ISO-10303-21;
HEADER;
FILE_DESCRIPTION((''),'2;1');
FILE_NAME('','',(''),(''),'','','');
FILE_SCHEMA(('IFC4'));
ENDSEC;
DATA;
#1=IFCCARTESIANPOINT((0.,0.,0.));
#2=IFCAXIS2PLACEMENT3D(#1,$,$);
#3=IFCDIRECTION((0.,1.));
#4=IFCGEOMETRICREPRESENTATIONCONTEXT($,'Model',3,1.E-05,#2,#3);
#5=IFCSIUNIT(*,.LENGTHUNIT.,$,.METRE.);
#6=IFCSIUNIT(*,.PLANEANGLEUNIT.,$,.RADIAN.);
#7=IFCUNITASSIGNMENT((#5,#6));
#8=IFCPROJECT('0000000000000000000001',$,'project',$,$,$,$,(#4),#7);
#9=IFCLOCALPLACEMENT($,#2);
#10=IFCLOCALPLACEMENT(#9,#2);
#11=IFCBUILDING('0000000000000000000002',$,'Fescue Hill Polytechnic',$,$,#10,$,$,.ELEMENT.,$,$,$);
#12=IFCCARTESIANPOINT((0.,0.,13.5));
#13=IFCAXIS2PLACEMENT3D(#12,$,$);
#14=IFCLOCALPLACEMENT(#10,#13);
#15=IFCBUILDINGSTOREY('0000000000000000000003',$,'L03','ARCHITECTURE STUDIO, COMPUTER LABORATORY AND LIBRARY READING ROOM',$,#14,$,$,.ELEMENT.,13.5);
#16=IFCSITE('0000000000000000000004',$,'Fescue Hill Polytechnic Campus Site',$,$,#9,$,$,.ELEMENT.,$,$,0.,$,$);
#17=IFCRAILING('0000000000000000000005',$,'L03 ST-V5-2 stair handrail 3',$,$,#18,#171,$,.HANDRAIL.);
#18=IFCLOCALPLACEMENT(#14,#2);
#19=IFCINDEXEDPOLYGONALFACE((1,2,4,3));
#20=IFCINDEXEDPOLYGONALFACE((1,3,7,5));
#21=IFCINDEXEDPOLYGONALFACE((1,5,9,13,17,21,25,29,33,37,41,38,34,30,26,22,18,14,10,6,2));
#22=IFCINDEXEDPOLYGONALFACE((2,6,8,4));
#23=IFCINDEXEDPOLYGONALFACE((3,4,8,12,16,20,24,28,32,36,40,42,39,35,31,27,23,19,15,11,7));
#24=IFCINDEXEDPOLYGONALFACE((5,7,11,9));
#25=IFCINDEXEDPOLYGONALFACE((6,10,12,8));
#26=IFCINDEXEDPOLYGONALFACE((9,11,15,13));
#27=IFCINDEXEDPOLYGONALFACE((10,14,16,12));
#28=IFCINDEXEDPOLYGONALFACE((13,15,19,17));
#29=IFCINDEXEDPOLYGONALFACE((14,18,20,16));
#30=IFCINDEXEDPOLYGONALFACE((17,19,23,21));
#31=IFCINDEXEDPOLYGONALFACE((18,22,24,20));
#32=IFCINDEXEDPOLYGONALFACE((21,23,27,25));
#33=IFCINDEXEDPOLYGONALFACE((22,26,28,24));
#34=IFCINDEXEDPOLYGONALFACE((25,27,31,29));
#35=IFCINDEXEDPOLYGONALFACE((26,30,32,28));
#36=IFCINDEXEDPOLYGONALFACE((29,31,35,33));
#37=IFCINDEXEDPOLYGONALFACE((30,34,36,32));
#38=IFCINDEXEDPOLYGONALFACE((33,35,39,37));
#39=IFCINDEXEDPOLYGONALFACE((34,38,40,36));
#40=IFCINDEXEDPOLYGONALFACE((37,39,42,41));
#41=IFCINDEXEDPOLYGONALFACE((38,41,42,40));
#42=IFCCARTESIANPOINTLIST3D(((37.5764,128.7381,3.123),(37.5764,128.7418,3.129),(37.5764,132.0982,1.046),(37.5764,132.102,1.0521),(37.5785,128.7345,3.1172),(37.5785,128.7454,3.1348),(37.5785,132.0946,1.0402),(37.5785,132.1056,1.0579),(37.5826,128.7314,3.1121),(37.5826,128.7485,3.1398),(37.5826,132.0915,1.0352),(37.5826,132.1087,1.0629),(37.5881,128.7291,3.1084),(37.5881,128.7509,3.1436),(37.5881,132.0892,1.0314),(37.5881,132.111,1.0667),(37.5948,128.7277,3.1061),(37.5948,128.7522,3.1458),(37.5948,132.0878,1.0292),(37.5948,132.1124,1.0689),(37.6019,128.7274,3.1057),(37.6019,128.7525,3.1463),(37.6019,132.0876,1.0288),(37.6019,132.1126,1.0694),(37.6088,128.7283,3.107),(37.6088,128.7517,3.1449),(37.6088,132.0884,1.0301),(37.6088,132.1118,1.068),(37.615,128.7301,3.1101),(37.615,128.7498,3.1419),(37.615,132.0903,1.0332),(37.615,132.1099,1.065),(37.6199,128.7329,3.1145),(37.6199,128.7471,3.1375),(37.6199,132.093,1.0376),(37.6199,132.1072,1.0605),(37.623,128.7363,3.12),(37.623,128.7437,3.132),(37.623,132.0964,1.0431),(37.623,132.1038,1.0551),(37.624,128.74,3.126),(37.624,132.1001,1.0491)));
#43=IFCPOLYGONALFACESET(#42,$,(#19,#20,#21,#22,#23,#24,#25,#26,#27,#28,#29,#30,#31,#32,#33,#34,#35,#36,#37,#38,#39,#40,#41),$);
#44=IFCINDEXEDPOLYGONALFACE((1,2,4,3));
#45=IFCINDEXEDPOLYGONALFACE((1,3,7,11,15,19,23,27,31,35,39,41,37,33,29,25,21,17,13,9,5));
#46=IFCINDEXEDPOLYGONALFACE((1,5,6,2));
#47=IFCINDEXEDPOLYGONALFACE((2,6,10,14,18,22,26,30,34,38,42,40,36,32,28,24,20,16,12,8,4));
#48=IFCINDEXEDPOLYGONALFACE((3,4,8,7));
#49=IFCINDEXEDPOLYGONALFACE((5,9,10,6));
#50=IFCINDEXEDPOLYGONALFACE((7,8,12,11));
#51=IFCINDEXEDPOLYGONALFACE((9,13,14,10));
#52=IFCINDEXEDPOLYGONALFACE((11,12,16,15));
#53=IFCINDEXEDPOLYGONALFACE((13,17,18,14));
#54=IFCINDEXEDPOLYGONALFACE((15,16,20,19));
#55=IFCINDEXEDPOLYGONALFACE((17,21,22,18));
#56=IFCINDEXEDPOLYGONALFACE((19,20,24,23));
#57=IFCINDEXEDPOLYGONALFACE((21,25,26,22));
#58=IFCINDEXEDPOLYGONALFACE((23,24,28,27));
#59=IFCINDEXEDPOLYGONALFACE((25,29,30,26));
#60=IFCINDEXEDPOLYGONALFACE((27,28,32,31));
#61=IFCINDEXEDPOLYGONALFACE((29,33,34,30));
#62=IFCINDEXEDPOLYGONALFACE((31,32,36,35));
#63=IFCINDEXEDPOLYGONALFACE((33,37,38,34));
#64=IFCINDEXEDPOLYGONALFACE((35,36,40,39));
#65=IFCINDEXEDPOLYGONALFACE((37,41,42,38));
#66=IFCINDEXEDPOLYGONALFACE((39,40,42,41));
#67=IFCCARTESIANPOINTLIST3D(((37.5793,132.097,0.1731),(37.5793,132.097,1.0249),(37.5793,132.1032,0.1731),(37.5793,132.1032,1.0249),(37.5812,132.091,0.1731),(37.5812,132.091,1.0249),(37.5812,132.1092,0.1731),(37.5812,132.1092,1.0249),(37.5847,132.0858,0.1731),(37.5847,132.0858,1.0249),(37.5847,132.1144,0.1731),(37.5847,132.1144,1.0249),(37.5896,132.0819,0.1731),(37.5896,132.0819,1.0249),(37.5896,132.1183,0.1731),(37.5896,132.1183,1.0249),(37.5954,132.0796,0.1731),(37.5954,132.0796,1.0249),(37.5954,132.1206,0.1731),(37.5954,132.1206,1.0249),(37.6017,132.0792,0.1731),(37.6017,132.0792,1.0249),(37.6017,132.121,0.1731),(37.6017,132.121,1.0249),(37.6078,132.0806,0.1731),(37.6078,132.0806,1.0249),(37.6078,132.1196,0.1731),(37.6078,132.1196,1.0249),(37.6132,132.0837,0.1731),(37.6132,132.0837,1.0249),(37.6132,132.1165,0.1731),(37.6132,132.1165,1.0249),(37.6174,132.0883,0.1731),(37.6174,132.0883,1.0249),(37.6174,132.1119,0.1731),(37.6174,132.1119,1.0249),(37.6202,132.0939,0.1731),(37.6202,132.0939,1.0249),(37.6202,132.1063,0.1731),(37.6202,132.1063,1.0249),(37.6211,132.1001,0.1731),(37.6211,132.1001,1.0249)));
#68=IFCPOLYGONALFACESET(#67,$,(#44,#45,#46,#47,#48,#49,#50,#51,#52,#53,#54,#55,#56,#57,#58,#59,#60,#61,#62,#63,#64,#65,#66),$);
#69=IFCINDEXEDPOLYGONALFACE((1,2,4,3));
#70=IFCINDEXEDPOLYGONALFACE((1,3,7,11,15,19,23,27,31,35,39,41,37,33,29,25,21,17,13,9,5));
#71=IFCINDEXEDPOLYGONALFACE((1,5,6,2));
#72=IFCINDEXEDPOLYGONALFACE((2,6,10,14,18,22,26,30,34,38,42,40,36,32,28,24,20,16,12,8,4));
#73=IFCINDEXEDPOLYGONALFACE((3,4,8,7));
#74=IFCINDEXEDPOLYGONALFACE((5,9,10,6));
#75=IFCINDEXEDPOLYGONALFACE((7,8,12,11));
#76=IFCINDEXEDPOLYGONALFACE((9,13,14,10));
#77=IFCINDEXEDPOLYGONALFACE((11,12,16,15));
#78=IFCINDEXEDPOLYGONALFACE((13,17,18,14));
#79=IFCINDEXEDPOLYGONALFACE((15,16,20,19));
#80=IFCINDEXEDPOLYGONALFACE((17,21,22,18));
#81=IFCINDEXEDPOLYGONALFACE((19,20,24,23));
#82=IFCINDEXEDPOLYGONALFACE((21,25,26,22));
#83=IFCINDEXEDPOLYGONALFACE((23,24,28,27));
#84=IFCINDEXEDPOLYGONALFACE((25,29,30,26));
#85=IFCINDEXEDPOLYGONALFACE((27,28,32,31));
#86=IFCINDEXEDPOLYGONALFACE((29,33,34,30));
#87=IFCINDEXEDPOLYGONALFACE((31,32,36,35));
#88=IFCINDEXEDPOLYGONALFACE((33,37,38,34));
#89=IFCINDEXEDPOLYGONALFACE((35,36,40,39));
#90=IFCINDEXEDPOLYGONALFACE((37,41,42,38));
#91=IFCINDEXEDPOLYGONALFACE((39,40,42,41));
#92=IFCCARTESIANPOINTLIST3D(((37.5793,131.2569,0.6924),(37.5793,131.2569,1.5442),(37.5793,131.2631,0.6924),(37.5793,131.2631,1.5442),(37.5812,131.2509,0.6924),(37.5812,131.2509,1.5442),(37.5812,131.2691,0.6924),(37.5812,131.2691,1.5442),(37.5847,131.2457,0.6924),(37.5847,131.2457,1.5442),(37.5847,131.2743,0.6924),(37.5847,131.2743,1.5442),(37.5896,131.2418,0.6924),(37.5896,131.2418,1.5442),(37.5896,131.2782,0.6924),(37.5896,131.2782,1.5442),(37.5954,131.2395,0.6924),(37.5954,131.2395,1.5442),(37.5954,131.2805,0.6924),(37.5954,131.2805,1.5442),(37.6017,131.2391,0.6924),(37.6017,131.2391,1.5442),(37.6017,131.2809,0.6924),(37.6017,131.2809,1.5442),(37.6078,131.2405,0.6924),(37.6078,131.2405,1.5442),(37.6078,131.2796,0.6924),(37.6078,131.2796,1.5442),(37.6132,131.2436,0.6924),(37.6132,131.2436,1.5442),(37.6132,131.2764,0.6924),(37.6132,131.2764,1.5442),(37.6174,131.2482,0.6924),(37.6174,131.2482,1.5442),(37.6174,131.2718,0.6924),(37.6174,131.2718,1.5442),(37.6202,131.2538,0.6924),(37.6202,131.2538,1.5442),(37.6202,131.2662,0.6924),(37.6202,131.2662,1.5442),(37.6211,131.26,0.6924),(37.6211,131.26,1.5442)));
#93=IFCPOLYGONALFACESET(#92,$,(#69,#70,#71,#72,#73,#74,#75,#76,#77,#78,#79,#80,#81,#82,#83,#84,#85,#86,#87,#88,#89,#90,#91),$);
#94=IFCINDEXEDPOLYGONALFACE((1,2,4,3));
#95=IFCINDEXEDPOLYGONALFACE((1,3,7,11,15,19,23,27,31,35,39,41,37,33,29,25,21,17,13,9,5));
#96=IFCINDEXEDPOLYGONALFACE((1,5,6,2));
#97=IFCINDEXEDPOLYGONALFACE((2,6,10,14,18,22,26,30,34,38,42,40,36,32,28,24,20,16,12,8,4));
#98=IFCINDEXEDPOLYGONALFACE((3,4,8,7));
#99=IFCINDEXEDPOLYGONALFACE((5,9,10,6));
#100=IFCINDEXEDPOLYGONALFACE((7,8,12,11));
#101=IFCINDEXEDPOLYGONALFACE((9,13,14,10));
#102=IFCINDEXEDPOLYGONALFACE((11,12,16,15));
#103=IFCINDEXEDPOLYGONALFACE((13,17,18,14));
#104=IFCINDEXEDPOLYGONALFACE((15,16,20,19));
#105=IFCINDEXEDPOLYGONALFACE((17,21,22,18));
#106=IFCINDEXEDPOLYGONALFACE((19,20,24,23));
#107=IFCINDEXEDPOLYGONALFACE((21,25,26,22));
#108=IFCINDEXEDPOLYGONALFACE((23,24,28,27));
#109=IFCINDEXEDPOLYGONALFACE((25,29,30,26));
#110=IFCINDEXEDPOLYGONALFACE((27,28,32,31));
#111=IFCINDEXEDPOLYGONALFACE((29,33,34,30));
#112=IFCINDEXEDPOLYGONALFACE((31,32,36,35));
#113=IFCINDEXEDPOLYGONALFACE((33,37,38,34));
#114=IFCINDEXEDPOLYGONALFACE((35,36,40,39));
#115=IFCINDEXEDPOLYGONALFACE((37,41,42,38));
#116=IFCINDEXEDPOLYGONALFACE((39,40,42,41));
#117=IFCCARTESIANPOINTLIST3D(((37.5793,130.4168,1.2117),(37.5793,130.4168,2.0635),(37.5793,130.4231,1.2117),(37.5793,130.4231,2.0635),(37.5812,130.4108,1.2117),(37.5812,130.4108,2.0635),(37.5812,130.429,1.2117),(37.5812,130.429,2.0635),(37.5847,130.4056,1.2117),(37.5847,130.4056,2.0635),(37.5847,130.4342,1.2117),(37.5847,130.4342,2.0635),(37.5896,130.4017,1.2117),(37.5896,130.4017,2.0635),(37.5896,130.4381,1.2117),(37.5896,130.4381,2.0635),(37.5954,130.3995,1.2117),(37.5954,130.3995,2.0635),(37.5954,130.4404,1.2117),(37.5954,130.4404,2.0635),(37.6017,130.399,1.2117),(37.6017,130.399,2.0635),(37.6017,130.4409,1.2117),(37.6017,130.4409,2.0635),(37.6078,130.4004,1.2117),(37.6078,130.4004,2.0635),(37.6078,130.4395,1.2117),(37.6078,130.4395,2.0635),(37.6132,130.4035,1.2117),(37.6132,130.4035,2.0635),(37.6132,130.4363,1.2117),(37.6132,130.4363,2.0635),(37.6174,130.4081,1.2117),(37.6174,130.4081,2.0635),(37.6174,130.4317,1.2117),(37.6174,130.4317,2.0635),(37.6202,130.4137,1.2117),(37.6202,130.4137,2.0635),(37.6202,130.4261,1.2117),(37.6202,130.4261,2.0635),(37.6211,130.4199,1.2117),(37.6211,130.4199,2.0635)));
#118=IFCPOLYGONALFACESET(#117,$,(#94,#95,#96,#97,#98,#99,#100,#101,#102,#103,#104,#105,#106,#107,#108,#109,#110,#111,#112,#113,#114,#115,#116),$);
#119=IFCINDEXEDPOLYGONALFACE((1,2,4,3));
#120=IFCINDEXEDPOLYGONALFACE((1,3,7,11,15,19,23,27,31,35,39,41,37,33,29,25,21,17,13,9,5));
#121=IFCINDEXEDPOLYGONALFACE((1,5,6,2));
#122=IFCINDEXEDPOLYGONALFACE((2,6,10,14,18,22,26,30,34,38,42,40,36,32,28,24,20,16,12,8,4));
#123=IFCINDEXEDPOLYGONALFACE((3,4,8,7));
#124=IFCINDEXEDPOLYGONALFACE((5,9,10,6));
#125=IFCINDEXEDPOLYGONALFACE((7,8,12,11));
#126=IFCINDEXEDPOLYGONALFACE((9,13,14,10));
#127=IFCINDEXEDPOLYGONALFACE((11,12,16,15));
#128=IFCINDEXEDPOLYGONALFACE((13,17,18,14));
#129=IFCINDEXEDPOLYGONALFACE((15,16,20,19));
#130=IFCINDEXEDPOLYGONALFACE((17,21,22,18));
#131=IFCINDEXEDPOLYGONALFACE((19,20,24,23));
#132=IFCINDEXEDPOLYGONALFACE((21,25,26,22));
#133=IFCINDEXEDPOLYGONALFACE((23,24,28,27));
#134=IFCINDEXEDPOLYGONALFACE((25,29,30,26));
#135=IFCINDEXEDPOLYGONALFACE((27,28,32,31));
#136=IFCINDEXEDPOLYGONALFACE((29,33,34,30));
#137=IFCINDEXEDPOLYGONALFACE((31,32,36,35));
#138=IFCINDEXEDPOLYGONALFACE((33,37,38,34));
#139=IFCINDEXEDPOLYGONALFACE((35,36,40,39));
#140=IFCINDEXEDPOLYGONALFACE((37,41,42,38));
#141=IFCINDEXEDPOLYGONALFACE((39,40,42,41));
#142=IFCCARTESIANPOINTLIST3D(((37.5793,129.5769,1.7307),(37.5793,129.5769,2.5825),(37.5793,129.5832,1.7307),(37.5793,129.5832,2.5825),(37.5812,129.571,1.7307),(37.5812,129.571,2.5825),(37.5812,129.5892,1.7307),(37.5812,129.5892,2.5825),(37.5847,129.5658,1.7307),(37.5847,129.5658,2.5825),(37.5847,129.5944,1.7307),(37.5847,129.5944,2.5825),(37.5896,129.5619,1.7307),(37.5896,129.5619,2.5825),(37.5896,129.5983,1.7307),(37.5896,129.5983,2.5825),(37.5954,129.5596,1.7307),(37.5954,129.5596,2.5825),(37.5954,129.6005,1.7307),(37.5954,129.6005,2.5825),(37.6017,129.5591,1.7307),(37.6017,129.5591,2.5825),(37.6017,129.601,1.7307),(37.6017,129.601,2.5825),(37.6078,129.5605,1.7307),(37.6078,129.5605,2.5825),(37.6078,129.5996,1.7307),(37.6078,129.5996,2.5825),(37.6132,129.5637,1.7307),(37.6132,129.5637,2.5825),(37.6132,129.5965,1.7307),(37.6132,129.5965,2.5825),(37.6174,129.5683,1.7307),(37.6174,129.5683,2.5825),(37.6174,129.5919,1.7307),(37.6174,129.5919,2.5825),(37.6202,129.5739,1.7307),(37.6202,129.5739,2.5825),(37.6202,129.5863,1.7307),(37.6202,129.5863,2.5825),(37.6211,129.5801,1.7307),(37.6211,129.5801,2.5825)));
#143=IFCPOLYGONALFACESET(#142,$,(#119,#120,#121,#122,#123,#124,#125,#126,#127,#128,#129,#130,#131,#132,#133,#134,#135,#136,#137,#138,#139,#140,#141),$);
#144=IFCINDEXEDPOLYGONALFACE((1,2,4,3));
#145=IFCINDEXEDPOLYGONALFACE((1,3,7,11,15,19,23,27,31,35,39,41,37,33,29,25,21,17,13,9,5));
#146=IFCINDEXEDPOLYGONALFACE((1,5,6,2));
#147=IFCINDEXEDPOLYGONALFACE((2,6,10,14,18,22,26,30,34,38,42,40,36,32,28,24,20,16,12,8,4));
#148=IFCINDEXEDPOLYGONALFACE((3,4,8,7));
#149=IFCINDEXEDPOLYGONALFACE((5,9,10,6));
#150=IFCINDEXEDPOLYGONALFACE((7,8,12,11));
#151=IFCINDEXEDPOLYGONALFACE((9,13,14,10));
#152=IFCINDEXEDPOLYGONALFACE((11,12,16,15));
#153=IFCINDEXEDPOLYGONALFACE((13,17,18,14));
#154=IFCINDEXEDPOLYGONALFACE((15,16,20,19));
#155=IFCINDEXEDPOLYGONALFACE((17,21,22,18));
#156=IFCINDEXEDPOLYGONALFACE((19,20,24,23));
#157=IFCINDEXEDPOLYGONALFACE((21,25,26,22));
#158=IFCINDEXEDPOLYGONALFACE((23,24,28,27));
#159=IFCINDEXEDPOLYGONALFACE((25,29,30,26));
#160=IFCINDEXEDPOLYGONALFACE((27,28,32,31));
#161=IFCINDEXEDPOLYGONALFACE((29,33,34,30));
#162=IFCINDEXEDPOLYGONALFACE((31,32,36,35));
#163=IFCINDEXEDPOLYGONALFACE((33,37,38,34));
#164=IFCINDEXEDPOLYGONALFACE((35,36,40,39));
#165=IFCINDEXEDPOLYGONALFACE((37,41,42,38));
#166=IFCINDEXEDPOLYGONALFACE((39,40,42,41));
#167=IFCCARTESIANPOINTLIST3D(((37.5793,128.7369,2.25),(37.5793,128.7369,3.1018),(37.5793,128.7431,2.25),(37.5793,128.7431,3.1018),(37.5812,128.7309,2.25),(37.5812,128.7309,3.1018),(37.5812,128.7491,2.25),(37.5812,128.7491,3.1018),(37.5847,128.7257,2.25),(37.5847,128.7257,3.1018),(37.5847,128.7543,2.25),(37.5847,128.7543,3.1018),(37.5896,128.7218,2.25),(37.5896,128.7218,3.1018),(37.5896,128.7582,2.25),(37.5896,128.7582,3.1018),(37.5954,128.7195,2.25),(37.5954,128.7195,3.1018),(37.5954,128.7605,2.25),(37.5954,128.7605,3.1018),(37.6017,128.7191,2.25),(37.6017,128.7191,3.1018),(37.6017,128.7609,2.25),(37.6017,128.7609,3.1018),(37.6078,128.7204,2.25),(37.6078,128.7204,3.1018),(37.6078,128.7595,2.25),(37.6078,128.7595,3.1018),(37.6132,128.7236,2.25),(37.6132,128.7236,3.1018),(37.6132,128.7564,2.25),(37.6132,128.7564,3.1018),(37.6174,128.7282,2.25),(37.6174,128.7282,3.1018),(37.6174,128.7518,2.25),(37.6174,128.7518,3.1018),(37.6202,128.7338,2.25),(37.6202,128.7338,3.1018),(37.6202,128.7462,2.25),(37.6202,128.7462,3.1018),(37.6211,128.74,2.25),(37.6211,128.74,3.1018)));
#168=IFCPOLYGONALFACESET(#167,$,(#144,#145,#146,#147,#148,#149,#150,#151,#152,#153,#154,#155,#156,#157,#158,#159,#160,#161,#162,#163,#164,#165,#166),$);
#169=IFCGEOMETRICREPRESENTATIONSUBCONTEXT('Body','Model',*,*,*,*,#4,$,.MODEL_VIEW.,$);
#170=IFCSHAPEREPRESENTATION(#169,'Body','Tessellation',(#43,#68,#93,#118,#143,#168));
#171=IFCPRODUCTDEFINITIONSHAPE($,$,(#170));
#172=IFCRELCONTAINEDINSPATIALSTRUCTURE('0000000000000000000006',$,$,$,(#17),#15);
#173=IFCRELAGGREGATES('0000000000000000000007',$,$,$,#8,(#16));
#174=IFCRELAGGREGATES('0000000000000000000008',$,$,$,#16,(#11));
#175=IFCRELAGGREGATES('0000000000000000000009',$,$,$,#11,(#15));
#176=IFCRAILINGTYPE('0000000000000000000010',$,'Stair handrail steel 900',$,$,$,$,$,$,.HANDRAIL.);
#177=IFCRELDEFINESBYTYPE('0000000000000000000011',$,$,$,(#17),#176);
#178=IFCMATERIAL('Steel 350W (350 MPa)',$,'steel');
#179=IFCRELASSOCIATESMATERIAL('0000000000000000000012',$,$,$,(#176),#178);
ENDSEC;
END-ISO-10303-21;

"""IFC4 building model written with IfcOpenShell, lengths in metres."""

from ifc_helpers import new_model, si_unit, direction, frame, origin, origin_2d, place, context, subcontext, project, spatial, circle, extrude, material, type_object, element, save


model = new_model("IFC4")

# Units and contexts
model_context = context("Model", 3, precision=1e-05, world=origin(), true_north=direction((0.0, 1.0)))
body_context = subcontext(model_context, "Body", "Model", "MODEL_VIEW")
ifc_project = project(units=[si_unit("LENGTHUNIT", "METRE"), si_unit("PLANEANGLEUNIT", "RADIAN")], contexts=[model_context])

# Site, building, storey
site_placement = place(None, origin())
site = spatial("IfcSite", under=ifc_project, at=site_placement, Name="Fescue Hill Polytechnic Campus Site", CompositionType="ELEMENT", RefElevation=0.0)
building_placement = place(site_placement, origin())
building = spatial("IfcBuilding", under=site, at=building_placement, Name="Fescue Hill Polytechnic", CompositionType="ELEMENT")
storey_placement = place(building_placement, frame((0.0, 0.0, 13.5)))
storey = spatial("IfcBuildingStorey", under=building, at=storey_placement, Name="L03", Description="ARCHITECTURE STUDIO, COMPUTER LABORATORY AND LIBRARY READING ROOM", CompositionType="ELEMENT", Elevation=13.5)

# Railing
ifc_material_1 = material(Name="Steel 350W (350 MPa)", Category="steel")
railing_type_1 = type_object("IfcRailingType", Name="Stair handrail steel 900", PredefinedType="HANDRAIL", material=ifc_material_1)
railing_1_placement = place(storey_placement, frame((37.6001, 132.1001, 0.1731)))
element("IfcRailing", 1, at=railing_1_placement, inside=storey, type_object=railing_type_1, Name="L03 ST-V5-2 stair handrail 3", PredefinedType="HANDRAIL", context=body_context, shape_type="SweptSolid", body=[
    extrude(circle(Radius=0.0239, at=origin_2d()), frame((0.0, 0.0, 0.876), z_axis=(0.0, -0.850623, 0.525776), x_axis=(1.0, 0.0, 0.0)), (0.0, 0.0, 1.0), 3.9502),
    extrude(circle(Radius=0.021, at=origin_2d()), origin(), (0.0, 0.0, 1.0), 0.8518),
    extrude(circle(Radius=0.021, at=origin_2d()), frame((0.0, -0.8401, 0.5193)), (0.0, 0.0, 1.0), 0.8518),
    extrude(circle(Radius=0.021, at=origin_2d()), frame((0.0, -1.6802, 1.0386)), (0.0, 0.0, 1.0), 0.8518),
    extrude(circle(Radius=0.021, at=origin_2d()), frame((0.0, -2.52, 1.5576)), (0.0, 0.0, 1.0), 0.8518),
    extrude(circle(Radius=0.021, at=origin_2d()), frame((0.0, -3.3601, 2.0769)), (0.0, 0.0, 1.0), 0.8518),
])

save(model, "model.ifc")
